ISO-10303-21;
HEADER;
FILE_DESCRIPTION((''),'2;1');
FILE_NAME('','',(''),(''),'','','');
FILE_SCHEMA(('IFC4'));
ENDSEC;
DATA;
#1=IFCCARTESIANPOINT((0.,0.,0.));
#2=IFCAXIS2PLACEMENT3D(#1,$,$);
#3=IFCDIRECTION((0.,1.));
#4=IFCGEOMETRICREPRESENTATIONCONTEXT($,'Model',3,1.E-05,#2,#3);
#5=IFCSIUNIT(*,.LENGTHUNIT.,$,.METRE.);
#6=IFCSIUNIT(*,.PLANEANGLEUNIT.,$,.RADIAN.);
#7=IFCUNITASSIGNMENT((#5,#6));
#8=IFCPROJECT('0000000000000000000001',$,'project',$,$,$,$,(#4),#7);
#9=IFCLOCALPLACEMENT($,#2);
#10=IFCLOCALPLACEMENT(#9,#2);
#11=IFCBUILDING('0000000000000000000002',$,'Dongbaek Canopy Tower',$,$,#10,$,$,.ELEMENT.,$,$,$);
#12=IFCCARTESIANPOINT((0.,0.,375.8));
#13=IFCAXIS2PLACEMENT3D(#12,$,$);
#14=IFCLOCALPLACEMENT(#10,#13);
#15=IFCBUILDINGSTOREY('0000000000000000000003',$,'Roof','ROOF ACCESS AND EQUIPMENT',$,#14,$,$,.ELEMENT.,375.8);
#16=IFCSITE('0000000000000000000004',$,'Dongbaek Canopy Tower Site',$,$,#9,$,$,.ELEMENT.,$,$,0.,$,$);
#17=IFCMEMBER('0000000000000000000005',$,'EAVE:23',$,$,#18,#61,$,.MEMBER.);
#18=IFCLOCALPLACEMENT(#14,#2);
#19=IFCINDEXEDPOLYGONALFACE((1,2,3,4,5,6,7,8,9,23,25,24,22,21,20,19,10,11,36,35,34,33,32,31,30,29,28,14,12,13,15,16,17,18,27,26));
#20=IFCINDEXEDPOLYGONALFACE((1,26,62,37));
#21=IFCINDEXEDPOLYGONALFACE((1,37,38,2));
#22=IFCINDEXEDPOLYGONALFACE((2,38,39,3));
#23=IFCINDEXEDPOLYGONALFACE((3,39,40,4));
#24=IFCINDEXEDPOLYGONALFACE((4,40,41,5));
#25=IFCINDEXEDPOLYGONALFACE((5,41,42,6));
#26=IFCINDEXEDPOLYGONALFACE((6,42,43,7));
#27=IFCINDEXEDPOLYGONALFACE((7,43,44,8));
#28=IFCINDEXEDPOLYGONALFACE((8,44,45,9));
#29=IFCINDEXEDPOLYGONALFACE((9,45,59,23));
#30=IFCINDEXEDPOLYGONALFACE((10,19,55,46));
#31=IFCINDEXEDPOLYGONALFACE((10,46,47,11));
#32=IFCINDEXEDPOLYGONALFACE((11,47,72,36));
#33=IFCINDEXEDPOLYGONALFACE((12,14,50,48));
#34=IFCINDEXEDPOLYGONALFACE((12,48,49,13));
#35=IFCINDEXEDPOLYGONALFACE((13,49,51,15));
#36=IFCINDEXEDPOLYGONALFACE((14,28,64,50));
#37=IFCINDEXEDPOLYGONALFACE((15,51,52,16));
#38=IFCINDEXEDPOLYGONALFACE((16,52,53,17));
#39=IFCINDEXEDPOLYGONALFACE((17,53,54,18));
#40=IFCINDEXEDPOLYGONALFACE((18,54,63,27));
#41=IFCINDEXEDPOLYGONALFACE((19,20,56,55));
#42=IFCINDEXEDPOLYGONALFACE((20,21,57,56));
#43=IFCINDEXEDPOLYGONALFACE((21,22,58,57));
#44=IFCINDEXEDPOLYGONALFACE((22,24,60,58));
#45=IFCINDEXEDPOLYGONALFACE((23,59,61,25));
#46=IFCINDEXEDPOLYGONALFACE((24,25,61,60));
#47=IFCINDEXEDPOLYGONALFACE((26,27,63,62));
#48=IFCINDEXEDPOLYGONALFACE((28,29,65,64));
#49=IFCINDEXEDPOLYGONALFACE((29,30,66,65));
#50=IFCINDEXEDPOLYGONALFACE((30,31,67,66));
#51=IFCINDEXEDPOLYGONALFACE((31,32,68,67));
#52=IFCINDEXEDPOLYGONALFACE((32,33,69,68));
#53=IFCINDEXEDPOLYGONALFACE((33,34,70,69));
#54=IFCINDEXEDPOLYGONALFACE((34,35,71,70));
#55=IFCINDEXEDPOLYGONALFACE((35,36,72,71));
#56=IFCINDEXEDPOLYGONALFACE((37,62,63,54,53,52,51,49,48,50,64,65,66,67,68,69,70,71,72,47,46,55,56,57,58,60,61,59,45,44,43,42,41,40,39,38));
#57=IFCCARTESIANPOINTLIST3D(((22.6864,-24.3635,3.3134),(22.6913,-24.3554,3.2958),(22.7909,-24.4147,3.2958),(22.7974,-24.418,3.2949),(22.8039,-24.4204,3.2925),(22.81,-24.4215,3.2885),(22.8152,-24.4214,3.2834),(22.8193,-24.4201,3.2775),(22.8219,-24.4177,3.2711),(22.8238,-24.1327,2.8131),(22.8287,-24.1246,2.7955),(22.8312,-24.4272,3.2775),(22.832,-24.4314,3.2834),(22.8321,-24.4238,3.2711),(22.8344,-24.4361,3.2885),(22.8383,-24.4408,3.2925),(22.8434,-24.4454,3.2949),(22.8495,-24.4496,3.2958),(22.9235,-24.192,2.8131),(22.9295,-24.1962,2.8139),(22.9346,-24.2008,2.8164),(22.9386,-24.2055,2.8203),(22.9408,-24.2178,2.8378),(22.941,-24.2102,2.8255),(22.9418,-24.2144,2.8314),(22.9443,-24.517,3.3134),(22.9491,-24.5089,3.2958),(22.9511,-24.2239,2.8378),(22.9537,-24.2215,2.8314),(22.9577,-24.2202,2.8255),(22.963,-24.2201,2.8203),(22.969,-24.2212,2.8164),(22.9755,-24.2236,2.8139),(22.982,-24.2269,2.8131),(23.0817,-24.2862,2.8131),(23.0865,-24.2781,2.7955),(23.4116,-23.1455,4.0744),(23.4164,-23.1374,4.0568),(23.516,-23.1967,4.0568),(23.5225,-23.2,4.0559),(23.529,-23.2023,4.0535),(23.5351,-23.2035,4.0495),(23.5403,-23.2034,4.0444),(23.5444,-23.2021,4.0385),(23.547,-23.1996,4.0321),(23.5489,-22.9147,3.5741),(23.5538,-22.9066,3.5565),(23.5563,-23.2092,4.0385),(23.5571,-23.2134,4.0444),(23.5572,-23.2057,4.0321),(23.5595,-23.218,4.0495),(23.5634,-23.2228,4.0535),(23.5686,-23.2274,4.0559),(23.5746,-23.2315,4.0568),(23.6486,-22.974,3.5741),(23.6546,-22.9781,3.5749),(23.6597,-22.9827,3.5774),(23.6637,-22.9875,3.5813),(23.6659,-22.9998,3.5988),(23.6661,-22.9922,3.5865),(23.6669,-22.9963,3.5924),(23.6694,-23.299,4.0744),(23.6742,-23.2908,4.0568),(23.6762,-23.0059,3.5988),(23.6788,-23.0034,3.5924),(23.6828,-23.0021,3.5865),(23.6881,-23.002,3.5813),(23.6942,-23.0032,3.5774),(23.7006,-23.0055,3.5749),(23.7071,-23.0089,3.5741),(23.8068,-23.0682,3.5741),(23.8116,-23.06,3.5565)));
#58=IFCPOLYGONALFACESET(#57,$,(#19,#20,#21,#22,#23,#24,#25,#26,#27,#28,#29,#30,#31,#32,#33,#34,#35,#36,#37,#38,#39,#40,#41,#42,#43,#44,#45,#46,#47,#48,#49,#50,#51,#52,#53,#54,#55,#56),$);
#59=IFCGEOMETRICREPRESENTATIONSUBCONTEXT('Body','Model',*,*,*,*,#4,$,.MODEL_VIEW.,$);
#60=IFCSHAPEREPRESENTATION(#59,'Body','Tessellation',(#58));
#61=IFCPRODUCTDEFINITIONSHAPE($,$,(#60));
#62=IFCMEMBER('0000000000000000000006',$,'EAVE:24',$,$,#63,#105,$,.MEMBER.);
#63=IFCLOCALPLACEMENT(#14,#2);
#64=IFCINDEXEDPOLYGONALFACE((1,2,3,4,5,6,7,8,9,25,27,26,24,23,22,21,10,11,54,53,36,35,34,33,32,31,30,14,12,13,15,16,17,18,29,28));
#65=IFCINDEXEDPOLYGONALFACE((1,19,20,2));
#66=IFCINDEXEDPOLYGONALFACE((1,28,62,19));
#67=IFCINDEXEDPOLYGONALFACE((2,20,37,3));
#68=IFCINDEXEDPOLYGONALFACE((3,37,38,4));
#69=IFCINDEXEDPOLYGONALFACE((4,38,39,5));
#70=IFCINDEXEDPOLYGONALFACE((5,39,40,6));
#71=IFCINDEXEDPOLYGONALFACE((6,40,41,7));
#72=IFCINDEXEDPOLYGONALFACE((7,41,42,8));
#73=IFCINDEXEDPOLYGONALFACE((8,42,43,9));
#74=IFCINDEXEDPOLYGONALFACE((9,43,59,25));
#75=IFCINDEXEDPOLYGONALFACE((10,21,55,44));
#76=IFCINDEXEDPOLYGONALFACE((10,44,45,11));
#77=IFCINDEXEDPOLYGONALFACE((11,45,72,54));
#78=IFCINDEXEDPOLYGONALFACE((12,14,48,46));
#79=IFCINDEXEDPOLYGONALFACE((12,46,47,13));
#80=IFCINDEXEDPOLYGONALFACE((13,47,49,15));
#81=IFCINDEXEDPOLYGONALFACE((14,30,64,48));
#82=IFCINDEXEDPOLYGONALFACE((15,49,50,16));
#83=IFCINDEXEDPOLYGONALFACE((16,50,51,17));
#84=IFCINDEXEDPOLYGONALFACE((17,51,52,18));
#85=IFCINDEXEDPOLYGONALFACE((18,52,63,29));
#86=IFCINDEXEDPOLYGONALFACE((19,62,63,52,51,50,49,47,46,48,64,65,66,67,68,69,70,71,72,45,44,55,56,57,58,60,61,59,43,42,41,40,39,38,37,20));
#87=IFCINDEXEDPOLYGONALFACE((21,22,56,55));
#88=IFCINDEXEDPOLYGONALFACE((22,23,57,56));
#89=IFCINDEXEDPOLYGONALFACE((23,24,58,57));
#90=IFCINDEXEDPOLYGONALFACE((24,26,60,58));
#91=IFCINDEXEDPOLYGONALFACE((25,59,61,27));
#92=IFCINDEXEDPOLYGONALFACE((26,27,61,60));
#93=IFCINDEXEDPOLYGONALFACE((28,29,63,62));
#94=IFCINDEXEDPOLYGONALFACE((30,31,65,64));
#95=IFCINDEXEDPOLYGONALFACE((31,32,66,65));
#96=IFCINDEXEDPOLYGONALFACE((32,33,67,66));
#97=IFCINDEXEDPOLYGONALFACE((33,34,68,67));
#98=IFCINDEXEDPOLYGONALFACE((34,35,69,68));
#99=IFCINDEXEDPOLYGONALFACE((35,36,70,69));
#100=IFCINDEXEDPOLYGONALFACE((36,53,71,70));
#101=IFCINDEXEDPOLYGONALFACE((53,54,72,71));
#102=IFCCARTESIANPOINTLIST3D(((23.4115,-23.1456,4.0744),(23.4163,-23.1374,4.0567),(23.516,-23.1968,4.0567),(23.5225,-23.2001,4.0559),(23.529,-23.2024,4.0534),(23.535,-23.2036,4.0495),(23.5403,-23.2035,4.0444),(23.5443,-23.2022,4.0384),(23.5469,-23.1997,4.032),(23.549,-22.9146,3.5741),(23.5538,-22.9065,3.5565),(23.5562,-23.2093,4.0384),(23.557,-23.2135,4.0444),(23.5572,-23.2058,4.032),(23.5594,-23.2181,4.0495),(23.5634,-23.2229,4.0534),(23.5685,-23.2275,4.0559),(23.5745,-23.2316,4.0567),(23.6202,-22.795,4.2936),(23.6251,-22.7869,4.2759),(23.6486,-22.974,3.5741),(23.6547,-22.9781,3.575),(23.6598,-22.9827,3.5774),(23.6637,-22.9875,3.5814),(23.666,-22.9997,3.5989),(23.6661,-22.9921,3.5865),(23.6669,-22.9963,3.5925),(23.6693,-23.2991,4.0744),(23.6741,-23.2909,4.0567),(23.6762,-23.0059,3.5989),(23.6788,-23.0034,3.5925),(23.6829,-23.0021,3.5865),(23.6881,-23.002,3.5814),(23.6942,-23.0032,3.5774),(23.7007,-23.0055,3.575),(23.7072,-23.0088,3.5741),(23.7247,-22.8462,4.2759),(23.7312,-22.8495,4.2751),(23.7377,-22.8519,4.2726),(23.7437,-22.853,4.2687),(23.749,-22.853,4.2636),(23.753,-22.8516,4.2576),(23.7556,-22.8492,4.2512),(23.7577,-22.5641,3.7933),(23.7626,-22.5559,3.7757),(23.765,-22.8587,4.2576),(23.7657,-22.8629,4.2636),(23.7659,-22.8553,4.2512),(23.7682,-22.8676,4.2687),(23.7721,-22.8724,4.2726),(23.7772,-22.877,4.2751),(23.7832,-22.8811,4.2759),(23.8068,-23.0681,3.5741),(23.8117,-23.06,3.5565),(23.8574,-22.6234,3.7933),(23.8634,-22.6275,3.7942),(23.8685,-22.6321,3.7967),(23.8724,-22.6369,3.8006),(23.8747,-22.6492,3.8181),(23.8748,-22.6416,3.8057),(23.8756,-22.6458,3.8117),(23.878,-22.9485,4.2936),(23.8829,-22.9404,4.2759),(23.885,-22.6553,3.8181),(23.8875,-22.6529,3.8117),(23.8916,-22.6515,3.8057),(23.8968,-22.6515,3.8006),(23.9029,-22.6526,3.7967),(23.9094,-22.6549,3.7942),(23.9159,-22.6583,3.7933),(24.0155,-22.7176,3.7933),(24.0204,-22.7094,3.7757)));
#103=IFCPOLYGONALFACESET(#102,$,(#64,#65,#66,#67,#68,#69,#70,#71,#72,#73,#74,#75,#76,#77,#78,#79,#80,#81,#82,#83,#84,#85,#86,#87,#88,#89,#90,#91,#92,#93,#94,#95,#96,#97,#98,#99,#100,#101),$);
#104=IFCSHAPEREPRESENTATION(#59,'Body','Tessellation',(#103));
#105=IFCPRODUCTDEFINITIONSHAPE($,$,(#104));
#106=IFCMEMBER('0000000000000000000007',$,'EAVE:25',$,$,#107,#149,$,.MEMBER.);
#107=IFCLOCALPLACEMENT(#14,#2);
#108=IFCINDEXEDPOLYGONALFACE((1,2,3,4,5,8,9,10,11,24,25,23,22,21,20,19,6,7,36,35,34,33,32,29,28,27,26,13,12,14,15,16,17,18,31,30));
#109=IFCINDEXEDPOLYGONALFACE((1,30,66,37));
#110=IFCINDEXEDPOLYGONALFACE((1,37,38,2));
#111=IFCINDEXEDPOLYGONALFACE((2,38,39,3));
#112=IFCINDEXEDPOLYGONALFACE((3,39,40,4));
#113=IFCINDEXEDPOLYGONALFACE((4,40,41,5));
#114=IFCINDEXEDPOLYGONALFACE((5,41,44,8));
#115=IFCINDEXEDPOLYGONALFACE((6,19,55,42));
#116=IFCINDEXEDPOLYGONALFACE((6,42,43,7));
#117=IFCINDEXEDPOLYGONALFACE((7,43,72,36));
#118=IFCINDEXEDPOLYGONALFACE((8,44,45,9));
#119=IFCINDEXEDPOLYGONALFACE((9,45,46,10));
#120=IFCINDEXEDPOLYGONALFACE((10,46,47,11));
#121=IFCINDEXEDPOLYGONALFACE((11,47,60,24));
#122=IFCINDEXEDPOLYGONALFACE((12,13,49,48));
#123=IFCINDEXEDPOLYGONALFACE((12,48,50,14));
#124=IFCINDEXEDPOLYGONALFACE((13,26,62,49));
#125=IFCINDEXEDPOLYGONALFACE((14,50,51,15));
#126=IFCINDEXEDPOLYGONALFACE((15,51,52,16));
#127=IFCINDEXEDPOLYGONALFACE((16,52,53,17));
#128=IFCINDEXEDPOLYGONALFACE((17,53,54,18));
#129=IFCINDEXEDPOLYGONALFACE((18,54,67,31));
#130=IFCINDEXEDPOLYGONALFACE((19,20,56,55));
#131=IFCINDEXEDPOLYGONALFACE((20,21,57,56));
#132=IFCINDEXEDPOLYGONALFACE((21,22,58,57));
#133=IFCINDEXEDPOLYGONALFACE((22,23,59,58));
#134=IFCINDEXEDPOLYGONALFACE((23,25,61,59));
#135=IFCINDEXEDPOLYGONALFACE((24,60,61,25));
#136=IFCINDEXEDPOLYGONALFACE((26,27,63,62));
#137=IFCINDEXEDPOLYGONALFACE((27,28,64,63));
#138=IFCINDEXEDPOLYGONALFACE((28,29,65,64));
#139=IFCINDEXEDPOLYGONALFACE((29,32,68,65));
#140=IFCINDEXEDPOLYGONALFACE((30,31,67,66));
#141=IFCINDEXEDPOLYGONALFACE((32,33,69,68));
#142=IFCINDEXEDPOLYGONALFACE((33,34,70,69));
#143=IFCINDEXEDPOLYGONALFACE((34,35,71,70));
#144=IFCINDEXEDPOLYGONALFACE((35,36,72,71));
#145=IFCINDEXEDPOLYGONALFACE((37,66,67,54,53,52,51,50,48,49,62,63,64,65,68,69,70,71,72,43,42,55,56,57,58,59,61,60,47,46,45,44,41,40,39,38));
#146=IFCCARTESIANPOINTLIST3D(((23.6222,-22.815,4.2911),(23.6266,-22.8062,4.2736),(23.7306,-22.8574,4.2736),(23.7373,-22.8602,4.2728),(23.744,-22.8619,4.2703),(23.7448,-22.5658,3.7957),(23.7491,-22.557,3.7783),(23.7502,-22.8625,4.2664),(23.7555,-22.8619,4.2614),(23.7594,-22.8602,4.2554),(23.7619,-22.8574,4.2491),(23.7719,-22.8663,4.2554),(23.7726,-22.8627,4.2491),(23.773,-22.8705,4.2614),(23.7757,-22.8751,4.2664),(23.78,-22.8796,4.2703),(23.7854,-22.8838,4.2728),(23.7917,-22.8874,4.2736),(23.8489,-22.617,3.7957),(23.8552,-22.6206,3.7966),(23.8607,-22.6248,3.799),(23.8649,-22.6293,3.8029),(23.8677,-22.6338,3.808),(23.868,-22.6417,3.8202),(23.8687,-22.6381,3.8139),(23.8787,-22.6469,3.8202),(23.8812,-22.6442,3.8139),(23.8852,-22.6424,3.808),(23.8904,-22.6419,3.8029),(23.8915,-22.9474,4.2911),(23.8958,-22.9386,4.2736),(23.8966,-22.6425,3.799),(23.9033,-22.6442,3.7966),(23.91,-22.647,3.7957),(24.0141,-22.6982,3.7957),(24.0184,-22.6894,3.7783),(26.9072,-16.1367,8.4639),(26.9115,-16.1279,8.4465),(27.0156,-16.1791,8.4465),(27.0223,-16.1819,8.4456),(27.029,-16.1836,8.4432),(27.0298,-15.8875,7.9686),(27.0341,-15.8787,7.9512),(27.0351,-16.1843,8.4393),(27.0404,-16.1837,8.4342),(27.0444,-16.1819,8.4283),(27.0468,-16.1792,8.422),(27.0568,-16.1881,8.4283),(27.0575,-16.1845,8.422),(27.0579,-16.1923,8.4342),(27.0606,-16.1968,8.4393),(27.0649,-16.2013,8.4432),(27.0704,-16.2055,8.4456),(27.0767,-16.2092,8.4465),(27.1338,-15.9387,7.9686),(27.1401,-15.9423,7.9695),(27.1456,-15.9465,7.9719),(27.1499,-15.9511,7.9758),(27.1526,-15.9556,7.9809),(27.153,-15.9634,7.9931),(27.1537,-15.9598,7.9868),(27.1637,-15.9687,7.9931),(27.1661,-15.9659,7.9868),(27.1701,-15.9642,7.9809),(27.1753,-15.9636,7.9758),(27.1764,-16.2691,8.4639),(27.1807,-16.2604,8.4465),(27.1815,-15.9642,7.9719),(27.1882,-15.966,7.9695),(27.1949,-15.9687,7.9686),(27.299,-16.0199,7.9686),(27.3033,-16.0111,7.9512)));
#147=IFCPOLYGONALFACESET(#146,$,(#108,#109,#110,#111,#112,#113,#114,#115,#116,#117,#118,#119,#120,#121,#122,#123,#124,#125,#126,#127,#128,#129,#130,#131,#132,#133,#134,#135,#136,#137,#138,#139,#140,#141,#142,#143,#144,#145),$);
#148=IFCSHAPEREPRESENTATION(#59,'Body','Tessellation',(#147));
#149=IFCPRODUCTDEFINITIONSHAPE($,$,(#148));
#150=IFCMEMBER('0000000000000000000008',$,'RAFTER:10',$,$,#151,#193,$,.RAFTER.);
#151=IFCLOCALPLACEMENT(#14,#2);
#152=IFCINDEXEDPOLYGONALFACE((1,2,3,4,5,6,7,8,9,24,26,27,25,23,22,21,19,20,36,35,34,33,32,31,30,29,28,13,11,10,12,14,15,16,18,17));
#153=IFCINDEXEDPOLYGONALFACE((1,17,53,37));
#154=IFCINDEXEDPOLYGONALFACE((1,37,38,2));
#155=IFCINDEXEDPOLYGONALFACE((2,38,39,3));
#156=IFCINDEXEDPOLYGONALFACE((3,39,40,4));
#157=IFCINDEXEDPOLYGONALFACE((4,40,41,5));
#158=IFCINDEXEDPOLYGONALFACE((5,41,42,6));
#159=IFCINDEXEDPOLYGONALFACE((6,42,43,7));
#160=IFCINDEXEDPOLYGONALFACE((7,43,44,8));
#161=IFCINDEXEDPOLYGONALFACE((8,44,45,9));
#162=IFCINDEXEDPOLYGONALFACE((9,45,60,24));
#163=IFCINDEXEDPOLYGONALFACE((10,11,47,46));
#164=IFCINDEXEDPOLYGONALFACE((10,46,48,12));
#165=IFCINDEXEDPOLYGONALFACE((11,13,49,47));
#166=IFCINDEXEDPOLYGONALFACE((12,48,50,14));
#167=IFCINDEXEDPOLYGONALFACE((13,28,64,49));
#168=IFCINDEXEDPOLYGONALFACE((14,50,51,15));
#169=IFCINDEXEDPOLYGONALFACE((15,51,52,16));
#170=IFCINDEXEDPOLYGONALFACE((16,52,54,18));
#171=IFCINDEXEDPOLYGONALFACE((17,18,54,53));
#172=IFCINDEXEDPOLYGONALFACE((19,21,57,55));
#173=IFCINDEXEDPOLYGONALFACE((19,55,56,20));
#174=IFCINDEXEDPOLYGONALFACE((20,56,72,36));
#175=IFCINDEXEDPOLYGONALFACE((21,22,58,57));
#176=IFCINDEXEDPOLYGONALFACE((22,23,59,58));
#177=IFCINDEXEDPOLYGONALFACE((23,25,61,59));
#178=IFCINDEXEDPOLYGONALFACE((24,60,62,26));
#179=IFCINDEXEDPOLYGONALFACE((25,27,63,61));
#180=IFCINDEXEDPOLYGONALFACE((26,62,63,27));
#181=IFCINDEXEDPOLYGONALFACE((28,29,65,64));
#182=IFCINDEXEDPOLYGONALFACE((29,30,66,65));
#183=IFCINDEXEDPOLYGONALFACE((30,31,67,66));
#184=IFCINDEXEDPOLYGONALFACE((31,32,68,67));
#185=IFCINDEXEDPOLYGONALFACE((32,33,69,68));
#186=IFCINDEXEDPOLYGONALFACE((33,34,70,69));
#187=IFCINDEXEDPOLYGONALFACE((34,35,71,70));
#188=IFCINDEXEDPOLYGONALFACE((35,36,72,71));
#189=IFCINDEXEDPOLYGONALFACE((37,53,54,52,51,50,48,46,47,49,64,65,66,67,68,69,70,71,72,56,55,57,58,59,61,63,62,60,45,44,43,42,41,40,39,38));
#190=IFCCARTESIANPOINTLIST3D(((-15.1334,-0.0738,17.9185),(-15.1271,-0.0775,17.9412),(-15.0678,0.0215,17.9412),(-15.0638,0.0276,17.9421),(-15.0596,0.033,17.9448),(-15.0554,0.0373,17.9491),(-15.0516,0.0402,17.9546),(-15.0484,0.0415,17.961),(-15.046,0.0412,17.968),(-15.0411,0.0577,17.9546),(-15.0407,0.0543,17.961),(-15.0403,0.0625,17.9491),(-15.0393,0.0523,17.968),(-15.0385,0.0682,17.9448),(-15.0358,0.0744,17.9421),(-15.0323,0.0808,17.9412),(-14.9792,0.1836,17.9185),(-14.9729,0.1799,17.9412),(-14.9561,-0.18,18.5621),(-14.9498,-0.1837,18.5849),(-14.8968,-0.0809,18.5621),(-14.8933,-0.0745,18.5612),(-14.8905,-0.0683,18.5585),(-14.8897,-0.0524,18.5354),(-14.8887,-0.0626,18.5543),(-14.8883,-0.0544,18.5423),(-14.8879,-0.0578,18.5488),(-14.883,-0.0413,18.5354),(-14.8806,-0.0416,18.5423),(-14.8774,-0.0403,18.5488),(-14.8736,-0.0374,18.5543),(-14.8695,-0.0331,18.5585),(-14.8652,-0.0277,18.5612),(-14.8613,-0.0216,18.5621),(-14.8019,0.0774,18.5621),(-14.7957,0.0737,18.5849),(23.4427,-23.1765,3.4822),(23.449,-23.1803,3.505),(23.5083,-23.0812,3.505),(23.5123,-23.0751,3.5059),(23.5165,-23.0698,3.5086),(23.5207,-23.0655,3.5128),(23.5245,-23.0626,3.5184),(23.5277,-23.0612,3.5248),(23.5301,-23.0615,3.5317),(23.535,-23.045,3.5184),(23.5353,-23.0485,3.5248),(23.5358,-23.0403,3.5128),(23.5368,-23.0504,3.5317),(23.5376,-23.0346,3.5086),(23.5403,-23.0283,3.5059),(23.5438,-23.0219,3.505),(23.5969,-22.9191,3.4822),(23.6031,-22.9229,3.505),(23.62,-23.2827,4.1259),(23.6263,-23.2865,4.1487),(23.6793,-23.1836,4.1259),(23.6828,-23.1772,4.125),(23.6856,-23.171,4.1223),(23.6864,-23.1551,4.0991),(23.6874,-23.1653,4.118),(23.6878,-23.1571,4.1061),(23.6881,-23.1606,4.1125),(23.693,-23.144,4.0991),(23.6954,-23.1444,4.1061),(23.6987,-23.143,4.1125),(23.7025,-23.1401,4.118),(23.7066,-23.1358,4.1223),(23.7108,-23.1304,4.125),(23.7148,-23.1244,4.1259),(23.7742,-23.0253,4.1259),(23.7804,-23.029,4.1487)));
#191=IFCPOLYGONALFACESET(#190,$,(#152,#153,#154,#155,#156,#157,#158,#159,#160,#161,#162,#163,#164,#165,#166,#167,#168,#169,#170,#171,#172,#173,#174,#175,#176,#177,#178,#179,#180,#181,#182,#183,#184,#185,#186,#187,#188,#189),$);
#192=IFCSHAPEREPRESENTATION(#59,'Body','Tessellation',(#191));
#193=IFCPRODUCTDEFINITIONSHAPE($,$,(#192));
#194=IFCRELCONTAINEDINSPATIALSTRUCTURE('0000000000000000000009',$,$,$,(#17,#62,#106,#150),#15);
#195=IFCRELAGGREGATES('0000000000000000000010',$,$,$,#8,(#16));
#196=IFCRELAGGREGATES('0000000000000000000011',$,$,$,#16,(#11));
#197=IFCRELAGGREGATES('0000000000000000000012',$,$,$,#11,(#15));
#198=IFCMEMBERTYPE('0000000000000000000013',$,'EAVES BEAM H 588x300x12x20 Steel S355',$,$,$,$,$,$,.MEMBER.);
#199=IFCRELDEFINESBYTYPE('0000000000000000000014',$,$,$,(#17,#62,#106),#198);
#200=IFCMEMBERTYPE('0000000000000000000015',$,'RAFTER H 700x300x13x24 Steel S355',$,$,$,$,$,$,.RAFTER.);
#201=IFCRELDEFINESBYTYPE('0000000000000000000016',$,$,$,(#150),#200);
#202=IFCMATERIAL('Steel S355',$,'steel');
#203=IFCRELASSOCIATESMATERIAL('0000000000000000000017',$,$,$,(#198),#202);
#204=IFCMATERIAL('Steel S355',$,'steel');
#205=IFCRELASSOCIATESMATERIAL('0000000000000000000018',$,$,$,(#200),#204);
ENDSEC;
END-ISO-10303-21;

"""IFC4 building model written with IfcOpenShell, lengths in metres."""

from ifc_helpers import new_model, si_unit, direction, frame, origin, origin_2d, place, context, subcontext, project, spatial, i_section, extrude, material, material_profile, profile_set, type_object, element, save


model = new_model("IFC4")

# Units and contexts
model_context = context("Model", 3, precision=1e-05, world=origin(), true_north=direction((0.0, 1.0)))
body_context = subcontext(model_context, "Body", "Model", "MODEL_VIEW")
ifc_project = project(units=[si_unit("LENGTHUNIT", "METRE"), si_unit("PLANEANGLEUNIT", "RADIAN")], contexts=[model_context])

# Site, building, storey
site_placement = place(None, origin())
site = spatial("IfcSite", under=ifc_project, at=site_placement, Name="Dongbaek Canopy Tower Site", CompositionType="ELEMENT", RefElevation=0.0)
building_placement = place(site_placement, origin())
building = spatial("IfcBuilding", under=site, at=building_placement, Name="Dongbaek Canopy Tower", CompositionType="ELEMENT")
storey_placement = place(building_placement, frame((0.0, 0.0, 375.8)))
storey = spatial("IfcBuildingStorey", under=building, at=storey_placement, Name="Roof", Description="ROOF ACCESS AND EQUIPMENT", CompositionType="ELEMENT", Elevation=375.8)

# Members
ifc_material_1 = material(Name="Steel S355", Category="steel")
ifc_material_profile_1 = material_profile(ifc_material_1, i_section(OverallWidth=0.3, OverallDepth=0.5879, WebThickness=0.012, FlangeThickness=0.02, FilletRadius=0.0281, at=origin_2d()), Name="EAVES BEAM H 588x300x12x20 Steel S355")
ifc_profile_set_1 = profile_set([ifc_material_profile_1], Name="Steel S355")
member_type_1 = type_object("IfcMemberType", Name="EAVES BEAM H 588x300x12x20 Steel S355", PredefinedType="MEMBER", material=ifc_profile_set_1)
member_1_placement = place(storey_placement, frame((22.8865, -24.3208, 3.0544), z_axis=(0.45069, 0.757068, 0.472997), x_axis=(-0.859266, 0.511529, 0.0)))
element("IfcMember", 1, at=member_1_placement, inside=storey, type_object=member_type_1, Name="EAVE:23", PredefinedType="MEMBER", context=body_context, shape_type="SweptSolid", body=[
    extrude(i_section(OverallWidth=0.3, OverallDepth=0.5879, WebThickness=0.012, FlangeThickness=0.02, FilletRadius=0.0281, at=origin_2d()), origin(), (0.0, 0.0, 1.0), 1.6089),
])
member_2_placement = place(storey_placement, frame((23.6116, -23.1028, 3.8154), z_axis=(0.450654, 0.756888, 0.473319), x_axis=(-0.85923, 0.511589, 0.0)))
element("IfcMember", 2, at=member_2_placement, inside=storey, type_object=member_type_1, Name="EAVE:24", PredefinedType="MEMBER", context=body_context, shape_type="SweptSolid", body=[
    extrude(i_section(OverallWidth=0.3, OverallDepth=0.5879, WebThickness=0.012, FlangeThickness=0.02, FilletRadius=0.0281, at=origin_2d()), origin(), (0.0, 0.0, 1.0), 0.4631),
])
member_3_placement = place(storey_placement, frame((23.8203, -22.7522, 4.0347), z_axis=(0.384992, 0.782689, 0.489059), x_axis=(-0.897321, 0.441378, 0.0)))
element("IfcMember", 3, at=member_3_placement, inside=storey, type_object=member_type_1, Name="EAVE:25", PredefinedType="MEMBER", context=body_context, shape_type="SweptSolid", body=[
    extrude(i_section(OverallWidth=0.3, OverallDepth=0.5879, WebThickness=0.012, FlangeThickness=0.02, FilletRadius=0.0281, at=origin_2d()), origin(), (0.0, 0.0, 1.0), 8.5325),
])
ifc_material_2 = material(Name="Steel S355", Category="steel")
ifc_material_profile_2 = material_profile(ifc_material_2, i_section(OverallWidth=0.3, OverallDepth=0.7, WebThickness=0.0129, FlangeThickness=0.0239, FilletRadius=0.0281, at=origin_2d()), Name="RAFTER H 700x300x13x24 Steel S355")
ifc_profile_set_2 = profile_set([ifc_material_profile_2], Name="Steel S355")
member_type_2 = type_object("IfcMemberType", Name="RAFTER H 700x300x13x24 Steel S355", PredefinedType="RAFTER", material=ifc_profile_set_2)
member_4_placement = place(storey_placement, frame((23.6116, -23.1028, 3.8154), z_axis=(-0.816847, 0.489199, 0.305687), x_axis=(-0.513794, -0.857914, 0.0)))
element("IfcMember", 4, at=member_4_placement, inside=storey, type_object=member_type_2, Name="RAFTER:10", PredefinedType="RAFTER", context=body_context, shape_type="SweptSolid", body=[
    extrude(i_section(OverallWidth=0.3, OverallDepth=0.7, WebThickness=0.0129, FlangeThickness=0.0239, FilletRadius=0.0281, at=origin_2d()), origin(), (0.0, 0.0, 1.0), 47.2256),
])

save(model, "model.ifc")
